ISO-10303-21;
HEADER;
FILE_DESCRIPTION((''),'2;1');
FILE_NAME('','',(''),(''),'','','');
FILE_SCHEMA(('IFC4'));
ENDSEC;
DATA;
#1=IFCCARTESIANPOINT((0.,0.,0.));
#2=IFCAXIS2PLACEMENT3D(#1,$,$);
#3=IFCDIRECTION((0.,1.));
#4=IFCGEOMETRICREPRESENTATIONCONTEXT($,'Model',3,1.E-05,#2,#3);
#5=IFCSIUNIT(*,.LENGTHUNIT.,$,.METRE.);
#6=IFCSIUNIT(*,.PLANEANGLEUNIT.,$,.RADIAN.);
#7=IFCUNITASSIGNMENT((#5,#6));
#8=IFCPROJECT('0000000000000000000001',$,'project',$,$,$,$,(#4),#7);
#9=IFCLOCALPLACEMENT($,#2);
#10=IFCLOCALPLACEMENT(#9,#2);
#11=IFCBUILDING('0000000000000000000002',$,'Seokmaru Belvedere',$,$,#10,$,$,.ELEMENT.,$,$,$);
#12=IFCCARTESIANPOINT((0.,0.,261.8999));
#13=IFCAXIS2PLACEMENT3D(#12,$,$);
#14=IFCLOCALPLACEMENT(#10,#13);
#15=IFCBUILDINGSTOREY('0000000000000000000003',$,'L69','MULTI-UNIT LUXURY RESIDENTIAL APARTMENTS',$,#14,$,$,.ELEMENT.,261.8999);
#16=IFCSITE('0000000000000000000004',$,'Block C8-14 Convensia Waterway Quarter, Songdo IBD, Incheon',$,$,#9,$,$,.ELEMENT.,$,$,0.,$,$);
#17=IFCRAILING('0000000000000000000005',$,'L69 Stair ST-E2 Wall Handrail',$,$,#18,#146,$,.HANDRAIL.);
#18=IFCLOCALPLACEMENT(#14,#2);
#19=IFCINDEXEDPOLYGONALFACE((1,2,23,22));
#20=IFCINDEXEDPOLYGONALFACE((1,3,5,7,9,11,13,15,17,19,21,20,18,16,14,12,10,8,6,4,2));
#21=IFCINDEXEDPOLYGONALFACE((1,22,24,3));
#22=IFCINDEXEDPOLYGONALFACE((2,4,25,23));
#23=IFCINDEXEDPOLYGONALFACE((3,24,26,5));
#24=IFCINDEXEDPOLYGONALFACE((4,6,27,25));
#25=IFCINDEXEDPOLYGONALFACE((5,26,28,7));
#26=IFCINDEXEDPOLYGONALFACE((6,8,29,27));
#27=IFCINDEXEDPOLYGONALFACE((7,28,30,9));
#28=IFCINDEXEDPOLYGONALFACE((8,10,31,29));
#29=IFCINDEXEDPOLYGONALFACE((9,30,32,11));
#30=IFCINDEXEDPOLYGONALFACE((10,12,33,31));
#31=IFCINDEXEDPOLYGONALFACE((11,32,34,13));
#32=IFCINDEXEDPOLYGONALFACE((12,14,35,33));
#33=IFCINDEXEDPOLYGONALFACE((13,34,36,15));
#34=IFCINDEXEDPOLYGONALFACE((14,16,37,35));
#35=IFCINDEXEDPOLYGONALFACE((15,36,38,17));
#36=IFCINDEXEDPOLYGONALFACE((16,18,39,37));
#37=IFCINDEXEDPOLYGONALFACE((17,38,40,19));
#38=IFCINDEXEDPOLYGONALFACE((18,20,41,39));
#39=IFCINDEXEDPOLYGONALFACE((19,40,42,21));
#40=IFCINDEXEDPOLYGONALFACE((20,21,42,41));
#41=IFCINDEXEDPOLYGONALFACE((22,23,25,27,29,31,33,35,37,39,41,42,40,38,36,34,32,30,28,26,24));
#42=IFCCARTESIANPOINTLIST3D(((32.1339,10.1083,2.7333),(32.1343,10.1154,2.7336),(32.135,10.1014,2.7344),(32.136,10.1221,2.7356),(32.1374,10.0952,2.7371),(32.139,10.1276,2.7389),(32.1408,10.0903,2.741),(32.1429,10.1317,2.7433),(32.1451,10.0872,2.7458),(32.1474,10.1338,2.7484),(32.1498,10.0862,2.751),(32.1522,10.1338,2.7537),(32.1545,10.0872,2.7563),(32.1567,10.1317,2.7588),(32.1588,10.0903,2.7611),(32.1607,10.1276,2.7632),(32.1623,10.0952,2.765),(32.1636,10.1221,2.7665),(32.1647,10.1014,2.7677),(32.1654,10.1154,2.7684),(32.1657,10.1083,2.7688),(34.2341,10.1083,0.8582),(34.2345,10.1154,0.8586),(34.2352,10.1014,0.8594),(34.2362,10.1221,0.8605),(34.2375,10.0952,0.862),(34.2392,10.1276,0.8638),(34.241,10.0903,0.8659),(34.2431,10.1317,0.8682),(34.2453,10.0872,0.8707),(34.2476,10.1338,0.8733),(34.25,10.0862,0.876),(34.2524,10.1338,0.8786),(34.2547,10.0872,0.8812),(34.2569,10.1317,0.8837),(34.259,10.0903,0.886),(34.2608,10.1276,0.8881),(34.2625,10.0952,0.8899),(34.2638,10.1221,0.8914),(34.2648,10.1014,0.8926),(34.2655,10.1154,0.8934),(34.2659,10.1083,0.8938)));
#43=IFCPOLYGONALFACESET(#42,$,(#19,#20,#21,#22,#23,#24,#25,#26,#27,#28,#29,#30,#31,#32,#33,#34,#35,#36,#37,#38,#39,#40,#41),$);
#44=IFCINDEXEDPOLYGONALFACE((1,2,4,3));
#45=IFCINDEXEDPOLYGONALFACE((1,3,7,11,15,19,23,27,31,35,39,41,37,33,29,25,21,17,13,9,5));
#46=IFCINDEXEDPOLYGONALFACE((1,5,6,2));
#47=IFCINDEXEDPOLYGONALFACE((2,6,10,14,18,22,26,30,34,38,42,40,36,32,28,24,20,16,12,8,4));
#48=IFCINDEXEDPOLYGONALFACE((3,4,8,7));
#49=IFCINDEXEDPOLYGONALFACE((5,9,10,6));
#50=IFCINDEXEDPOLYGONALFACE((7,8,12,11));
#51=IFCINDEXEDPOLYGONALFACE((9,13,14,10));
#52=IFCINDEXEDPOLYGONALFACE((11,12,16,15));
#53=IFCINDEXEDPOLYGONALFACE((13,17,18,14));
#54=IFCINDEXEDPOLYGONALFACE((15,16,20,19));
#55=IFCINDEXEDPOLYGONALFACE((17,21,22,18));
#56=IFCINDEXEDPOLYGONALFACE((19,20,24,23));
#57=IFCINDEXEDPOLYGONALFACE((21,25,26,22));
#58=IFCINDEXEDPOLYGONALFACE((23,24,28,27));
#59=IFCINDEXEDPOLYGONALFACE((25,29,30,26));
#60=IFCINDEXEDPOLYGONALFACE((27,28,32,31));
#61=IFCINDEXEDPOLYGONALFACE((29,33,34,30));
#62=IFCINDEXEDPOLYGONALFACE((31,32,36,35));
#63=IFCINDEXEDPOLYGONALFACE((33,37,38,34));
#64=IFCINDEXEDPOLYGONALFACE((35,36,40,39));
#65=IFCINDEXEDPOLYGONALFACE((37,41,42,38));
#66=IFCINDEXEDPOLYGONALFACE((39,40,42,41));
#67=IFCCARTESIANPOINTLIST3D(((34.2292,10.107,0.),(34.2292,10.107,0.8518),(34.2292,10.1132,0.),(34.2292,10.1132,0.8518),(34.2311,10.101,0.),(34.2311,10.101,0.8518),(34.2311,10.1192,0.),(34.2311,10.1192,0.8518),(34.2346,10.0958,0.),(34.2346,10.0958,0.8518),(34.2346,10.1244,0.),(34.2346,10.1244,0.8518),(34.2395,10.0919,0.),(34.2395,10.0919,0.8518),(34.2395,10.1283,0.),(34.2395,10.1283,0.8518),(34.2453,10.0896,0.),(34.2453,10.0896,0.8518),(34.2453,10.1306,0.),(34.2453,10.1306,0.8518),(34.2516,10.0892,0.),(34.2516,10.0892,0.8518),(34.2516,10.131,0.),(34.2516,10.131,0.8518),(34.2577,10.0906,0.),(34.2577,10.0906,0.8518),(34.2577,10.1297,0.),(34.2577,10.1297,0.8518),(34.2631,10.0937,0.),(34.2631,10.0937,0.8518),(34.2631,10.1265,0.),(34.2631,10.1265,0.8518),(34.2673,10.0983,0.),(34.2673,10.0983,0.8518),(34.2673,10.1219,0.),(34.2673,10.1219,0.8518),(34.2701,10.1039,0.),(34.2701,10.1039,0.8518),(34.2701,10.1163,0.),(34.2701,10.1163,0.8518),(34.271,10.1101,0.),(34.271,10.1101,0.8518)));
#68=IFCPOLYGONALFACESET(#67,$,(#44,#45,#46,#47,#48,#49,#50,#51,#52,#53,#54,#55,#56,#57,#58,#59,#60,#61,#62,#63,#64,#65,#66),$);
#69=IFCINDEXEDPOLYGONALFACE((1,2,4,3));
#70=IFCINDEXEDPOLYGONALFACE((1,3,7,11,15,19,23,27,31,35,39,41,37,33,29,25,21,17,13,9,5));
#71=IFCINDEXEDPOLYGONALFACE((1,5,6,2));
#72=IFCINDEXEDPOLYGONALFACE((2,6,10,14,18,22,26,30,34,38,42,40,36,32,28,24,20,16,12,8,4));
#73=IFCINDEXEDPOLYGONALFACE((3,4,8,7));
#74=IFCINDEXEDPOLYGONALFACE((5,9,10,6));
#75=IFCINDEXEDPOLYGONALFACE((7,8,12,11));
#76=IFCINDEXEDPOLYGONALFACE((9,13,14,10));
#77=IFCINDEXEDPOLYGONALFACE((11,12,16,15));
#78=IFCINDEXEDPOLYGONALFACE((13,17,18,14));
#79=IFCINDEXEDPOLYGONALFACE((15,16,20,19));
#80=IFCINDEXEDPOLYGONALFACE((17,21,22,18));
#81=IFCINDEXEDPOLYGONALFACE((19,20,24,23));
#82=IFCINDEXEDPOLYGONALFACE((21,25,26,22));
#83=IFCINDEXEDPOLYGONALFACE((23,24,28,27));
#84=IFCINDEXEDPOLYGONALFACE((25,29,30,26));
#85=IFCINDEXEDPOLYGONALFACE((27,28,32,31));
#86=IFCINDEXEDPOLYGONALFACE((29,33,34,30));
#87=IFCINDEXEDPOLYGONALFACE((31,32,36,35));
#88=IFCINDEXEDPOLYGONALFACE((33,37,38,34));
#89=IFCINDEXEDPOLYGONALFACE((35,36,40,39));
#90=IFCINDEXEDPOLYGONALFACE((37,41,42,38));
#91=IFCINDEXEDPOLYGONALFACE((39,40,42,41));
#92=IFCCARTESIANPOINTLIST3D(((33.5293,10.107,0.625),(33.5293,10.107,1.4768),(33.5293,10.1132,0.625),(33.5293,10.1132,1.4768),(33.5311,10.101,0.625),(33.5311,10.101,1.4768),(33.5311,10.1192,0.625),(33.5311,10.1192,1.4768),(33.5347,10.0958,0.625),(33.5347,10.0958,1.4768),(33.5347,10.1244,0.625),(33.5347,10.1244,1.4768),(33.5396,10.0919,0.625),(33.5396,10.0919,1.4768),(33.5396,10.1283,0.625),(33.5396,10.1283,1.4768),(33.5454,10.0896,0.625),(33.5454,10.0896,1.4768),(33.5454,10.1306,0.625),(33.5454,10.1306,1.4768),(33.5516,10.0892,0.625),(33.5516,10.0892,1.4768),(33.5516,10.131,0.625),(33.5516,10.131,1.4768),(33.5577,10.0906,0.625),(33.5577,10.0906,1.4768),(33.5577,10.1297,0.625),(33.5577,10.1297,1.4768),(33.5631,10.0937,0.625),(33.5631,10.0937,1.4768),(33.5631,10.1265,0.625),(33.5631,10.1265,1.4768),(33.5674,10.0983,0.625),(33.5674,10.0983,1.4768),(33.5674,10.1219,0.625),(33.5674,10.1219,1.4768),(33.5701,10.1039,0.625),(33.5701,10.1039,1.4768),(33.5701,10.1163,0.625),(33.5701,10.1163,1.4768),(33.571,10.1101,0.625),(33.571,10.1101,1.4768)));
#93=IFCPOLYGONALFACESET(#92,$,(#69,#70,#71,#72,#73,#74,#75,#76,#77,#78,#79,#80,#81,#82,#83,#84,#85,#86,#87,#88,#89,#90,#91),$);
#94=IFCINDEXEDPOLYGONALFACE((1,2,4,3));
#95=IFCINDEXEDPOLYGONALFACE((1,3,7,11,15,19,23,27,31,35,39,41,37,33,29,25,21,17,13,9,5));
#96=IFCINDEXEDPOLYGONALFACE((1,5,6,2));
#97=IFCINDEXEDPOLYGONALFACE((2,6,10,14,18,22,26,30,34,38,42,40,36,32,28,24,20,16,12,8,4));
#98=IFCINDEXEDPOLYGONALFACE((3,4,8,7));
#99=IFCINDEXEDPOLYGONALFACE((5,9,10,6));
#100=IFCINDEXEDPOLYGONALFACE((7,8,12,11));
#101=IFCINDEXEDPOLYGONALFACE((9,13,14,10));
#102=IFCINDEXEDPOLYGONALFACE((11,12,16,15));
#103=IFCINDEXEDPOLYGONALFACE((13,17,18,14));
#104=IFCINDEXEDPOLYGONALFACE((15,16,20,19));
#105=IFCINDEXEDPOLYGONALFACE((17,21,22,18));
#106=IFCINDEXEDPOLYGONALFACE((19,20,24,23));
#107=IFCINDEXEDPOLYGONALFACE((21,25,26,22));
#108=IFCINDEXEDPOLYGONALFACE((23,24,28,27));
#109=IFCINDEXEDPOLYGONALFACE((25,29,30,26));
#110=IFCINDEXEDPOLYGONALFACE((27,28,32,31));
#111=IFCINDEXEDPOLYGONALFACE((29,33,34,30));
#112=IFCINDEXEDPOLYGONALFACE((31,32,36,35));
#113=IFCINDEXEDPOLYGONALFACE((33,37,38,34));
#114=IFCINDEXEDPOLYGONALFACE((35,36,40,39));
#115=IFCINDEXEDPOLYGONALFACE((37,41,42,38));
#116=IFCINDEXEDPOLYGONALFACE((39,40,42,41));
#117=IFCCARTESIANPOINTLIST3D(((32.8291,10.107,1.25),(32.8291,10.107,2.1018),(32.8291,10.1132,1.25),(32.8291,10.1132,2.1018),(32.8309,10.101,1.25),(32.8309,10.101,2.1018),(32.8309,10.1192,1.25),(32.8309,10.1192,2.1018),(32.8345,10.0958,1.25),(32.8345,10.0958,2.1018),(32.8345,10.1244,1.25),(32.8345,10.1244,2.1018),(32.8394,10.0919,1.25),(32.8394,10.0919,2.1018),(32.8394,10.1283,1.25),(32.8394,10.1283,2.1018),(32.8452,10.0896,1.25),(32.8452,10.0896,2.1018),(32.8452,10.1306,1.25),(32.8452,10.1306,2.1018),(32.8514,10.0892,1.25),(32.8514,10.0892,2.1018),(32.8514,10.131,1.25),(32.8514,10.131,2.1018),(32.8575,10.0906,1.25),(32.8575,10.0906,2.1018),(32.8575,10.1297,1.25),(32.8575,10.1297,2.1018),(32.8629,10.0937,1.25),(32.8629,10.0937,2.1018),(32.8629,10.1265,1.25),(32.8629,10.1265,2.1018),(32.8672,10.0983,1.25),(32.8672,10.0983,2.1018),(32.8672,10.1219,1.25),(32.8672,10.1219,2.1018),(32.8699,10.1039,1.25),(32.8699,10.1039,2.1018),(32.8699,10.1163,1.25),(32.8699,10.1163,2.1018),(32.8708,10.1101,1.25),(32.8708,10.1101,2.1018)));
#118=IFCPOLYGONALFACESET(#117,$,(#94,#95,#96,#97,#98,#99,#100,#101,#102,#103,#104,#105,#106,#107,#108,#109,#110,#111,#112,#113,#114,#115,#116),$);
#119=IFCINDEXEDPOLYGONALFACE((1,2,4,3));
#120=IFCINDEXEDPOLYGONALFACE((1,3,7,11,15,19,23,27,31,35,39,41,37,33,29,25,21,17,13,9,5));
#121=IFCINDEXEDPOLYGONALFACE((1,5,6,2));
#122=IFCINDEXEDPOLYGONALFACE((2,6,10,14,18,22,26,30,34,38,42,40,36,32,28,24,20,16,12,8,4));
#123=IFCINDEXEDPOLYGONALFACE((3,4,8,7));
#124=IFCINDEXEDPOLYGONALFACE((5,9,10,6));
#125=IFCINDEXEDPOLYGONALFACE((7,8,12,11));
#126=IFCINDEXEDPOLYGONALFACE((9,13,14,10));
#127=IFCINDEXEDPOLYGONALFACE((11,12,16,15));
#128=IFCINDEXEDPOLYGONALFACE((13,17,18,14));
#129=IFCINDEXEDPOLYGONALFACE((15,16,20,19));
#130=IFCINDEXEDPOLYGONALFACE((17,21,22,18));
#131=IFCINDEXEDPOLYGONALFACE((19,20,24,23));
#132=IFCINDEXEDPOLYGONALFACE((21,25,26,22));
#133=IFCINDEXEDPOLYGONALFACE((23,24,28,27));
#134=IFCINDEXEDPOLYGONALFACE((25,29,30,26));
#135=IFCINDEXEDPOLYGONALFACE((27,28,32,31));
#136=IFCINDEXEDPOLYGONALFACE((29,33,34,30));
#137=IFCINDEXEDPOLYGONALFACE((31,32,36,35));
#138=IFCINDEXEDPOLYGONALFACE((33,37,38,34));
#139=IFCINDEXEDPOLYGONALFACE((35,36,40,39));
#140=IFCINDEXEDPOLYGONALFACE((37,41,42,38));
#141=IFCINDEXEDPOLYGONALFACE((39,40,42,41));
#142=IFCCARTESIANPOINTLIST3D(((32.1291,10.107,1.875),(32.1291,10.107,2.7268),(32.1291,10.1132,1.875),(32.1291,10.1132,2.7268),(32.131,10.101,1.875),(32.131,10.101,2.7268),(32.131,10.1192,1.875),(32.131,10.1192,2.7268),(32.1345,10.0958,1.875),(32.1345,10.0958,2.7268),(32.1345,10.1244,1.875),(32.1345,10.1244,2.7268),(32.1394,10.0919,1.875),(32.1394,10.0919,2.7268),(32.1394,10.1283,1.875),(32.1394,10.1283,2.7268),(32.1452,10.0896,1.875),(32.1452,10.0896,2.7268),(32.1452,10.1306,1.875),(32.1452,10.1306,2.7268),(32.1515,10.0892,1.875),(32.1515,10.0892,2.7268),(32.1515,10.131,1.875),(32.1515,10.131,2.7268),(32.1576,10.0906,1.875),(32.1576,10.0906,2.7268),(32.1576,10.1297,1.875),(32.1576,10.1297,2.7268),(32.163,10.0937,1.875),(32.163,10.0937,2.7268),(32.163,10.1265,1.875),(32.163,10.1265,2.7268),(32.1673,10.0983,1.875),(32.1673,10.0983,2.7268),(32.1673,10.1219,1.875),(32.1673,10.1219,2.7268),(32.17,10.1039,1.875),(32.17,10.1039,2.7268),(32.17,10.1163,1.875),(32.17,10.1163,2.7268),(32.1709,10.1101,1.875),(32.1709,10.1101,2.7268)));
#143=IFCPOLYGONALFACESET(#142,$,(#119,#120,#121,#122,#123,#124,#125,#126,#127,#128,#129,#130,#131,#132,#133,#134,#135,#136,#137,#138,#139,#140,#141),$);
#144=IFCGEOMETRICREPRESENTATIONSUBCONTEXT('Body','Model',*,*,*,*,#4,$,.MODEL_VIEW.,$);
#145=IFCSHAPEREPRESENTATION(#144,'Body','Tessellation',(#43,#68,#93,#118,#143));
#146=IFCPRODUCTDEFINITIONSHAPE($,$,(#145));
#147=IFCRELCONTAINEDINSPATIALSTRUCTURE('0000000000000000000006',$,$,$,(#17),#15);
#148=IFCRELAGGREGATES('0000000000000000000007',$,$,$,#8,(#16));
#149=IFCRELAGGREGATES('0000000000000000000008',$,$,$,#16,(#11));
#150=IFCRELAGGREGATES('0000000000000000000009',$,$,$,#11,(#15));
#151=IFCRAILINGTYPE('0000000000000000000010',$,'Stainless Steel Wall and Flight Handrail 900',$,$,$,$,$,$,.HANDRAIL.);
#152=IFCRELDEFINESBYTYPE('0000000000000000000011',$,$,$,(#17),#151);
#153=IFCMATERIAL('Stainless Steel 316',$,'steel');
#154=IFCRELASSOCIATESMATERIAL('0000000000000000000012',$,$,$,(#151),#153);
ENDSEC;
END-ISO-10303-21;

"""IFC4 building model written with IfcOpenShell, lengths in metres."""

from ifc_helpers import new_model, si_unit, direction, frame, origin, origin_2d, place, context, subcontext, project, spatial, circle, extrude, material, type_object, element, save


model = new_model("IFC4")

# Units and contexts
model_context = context("Model", 3, precision=1e-05, world=origin(), true_north=direction((0.0, 1.0)))
body_context = subcontext(model_context, "Body", "Model", "MODEL_VIEW")
ifc_project = project(units=[si_unit("LENGTHUNIT", "METRE"), si_unit("PLANEANGLEUNIT", "RADIAN")], contexts=[model_context])

# Site, building, storey
site_placement = place(None, origin())
site = spatial("IfcSite", under=ifc_project, at=site_placement, Name="Block C8-14 Convensia Waterway Quarter, Songdo IBD, Incheon", CompositionType="ELEMENT", RefElevation=0.0)
building_placement = place(site_placement, origin())
building = spatial("IfcBuilding", under=site, at=building_placement, Name="Seokmaru Belvedere", CompositionType="ELEMENT")
storey_placement = place(building_placement, frame((0.0, 0.0, 261.8999)))
storey = spatial("IfcBuildingStorey", under=building, at=storey_placement, Name="L69", Description="MULTI-UNIT LUXURY RESIDENTIAL APARTMENTS", CompositionType="ELEMENT", Elevation=261.8999)

# Railing
ifc_material_1 = material(Name="Stainless Steel 316", Category="steel")
railing_type_1 = type_object("IfcRailingType", Name="Stainless Steel Wall and Flight Handrail 900", PredefinedType="HANDRAIL", material=ifc_material_1)
railing_1_placement = place(storey_placement, frame((34.25, 10.1101, 0.0)))
element("IfcRailing", 1, at=railing_1_placement, inside=storey, type_object=railing_type_1, Name="L69 Stair ST-E2 Wall Handrail", PredefinedType="HANDRAIL", context=body_context, shape_type="SweptSolid", body=[
    extrude(circle(Radius=0.0239, at=origin_2d()), frame((0.0, 0.0, 0.876), z_axis=(-0.745953, 0.0, 0.665999), x_axis=(0.0, -1.0, 0.0)), (0.0, 0.0, 1.0), 2.8154),
    extrude(circle(Radius=0.021, at=origin_2d()), origin(), (0.0, 0.0, 1.0), 0.8518),
    extrude(circle(Radius=0.021, at=origin_2d()), frame((-0.7, 0.0, 0.625)), (0.0, 0.0, 1.0), 0.8518),
    extrude(circle(Radius=0.021, at=origin_2d()), frame((-1.4001, 0.0, 1.25)), (0.0, 0.0, 1.0), 0.8518),
    extrude(circle(Radius=0.021, at=origin_2d()), frame((-2.1001, 0.0, 1.875)), (0.0, 0.0, 1.0), 0.8518),
])

save(model, "model.ifc")
